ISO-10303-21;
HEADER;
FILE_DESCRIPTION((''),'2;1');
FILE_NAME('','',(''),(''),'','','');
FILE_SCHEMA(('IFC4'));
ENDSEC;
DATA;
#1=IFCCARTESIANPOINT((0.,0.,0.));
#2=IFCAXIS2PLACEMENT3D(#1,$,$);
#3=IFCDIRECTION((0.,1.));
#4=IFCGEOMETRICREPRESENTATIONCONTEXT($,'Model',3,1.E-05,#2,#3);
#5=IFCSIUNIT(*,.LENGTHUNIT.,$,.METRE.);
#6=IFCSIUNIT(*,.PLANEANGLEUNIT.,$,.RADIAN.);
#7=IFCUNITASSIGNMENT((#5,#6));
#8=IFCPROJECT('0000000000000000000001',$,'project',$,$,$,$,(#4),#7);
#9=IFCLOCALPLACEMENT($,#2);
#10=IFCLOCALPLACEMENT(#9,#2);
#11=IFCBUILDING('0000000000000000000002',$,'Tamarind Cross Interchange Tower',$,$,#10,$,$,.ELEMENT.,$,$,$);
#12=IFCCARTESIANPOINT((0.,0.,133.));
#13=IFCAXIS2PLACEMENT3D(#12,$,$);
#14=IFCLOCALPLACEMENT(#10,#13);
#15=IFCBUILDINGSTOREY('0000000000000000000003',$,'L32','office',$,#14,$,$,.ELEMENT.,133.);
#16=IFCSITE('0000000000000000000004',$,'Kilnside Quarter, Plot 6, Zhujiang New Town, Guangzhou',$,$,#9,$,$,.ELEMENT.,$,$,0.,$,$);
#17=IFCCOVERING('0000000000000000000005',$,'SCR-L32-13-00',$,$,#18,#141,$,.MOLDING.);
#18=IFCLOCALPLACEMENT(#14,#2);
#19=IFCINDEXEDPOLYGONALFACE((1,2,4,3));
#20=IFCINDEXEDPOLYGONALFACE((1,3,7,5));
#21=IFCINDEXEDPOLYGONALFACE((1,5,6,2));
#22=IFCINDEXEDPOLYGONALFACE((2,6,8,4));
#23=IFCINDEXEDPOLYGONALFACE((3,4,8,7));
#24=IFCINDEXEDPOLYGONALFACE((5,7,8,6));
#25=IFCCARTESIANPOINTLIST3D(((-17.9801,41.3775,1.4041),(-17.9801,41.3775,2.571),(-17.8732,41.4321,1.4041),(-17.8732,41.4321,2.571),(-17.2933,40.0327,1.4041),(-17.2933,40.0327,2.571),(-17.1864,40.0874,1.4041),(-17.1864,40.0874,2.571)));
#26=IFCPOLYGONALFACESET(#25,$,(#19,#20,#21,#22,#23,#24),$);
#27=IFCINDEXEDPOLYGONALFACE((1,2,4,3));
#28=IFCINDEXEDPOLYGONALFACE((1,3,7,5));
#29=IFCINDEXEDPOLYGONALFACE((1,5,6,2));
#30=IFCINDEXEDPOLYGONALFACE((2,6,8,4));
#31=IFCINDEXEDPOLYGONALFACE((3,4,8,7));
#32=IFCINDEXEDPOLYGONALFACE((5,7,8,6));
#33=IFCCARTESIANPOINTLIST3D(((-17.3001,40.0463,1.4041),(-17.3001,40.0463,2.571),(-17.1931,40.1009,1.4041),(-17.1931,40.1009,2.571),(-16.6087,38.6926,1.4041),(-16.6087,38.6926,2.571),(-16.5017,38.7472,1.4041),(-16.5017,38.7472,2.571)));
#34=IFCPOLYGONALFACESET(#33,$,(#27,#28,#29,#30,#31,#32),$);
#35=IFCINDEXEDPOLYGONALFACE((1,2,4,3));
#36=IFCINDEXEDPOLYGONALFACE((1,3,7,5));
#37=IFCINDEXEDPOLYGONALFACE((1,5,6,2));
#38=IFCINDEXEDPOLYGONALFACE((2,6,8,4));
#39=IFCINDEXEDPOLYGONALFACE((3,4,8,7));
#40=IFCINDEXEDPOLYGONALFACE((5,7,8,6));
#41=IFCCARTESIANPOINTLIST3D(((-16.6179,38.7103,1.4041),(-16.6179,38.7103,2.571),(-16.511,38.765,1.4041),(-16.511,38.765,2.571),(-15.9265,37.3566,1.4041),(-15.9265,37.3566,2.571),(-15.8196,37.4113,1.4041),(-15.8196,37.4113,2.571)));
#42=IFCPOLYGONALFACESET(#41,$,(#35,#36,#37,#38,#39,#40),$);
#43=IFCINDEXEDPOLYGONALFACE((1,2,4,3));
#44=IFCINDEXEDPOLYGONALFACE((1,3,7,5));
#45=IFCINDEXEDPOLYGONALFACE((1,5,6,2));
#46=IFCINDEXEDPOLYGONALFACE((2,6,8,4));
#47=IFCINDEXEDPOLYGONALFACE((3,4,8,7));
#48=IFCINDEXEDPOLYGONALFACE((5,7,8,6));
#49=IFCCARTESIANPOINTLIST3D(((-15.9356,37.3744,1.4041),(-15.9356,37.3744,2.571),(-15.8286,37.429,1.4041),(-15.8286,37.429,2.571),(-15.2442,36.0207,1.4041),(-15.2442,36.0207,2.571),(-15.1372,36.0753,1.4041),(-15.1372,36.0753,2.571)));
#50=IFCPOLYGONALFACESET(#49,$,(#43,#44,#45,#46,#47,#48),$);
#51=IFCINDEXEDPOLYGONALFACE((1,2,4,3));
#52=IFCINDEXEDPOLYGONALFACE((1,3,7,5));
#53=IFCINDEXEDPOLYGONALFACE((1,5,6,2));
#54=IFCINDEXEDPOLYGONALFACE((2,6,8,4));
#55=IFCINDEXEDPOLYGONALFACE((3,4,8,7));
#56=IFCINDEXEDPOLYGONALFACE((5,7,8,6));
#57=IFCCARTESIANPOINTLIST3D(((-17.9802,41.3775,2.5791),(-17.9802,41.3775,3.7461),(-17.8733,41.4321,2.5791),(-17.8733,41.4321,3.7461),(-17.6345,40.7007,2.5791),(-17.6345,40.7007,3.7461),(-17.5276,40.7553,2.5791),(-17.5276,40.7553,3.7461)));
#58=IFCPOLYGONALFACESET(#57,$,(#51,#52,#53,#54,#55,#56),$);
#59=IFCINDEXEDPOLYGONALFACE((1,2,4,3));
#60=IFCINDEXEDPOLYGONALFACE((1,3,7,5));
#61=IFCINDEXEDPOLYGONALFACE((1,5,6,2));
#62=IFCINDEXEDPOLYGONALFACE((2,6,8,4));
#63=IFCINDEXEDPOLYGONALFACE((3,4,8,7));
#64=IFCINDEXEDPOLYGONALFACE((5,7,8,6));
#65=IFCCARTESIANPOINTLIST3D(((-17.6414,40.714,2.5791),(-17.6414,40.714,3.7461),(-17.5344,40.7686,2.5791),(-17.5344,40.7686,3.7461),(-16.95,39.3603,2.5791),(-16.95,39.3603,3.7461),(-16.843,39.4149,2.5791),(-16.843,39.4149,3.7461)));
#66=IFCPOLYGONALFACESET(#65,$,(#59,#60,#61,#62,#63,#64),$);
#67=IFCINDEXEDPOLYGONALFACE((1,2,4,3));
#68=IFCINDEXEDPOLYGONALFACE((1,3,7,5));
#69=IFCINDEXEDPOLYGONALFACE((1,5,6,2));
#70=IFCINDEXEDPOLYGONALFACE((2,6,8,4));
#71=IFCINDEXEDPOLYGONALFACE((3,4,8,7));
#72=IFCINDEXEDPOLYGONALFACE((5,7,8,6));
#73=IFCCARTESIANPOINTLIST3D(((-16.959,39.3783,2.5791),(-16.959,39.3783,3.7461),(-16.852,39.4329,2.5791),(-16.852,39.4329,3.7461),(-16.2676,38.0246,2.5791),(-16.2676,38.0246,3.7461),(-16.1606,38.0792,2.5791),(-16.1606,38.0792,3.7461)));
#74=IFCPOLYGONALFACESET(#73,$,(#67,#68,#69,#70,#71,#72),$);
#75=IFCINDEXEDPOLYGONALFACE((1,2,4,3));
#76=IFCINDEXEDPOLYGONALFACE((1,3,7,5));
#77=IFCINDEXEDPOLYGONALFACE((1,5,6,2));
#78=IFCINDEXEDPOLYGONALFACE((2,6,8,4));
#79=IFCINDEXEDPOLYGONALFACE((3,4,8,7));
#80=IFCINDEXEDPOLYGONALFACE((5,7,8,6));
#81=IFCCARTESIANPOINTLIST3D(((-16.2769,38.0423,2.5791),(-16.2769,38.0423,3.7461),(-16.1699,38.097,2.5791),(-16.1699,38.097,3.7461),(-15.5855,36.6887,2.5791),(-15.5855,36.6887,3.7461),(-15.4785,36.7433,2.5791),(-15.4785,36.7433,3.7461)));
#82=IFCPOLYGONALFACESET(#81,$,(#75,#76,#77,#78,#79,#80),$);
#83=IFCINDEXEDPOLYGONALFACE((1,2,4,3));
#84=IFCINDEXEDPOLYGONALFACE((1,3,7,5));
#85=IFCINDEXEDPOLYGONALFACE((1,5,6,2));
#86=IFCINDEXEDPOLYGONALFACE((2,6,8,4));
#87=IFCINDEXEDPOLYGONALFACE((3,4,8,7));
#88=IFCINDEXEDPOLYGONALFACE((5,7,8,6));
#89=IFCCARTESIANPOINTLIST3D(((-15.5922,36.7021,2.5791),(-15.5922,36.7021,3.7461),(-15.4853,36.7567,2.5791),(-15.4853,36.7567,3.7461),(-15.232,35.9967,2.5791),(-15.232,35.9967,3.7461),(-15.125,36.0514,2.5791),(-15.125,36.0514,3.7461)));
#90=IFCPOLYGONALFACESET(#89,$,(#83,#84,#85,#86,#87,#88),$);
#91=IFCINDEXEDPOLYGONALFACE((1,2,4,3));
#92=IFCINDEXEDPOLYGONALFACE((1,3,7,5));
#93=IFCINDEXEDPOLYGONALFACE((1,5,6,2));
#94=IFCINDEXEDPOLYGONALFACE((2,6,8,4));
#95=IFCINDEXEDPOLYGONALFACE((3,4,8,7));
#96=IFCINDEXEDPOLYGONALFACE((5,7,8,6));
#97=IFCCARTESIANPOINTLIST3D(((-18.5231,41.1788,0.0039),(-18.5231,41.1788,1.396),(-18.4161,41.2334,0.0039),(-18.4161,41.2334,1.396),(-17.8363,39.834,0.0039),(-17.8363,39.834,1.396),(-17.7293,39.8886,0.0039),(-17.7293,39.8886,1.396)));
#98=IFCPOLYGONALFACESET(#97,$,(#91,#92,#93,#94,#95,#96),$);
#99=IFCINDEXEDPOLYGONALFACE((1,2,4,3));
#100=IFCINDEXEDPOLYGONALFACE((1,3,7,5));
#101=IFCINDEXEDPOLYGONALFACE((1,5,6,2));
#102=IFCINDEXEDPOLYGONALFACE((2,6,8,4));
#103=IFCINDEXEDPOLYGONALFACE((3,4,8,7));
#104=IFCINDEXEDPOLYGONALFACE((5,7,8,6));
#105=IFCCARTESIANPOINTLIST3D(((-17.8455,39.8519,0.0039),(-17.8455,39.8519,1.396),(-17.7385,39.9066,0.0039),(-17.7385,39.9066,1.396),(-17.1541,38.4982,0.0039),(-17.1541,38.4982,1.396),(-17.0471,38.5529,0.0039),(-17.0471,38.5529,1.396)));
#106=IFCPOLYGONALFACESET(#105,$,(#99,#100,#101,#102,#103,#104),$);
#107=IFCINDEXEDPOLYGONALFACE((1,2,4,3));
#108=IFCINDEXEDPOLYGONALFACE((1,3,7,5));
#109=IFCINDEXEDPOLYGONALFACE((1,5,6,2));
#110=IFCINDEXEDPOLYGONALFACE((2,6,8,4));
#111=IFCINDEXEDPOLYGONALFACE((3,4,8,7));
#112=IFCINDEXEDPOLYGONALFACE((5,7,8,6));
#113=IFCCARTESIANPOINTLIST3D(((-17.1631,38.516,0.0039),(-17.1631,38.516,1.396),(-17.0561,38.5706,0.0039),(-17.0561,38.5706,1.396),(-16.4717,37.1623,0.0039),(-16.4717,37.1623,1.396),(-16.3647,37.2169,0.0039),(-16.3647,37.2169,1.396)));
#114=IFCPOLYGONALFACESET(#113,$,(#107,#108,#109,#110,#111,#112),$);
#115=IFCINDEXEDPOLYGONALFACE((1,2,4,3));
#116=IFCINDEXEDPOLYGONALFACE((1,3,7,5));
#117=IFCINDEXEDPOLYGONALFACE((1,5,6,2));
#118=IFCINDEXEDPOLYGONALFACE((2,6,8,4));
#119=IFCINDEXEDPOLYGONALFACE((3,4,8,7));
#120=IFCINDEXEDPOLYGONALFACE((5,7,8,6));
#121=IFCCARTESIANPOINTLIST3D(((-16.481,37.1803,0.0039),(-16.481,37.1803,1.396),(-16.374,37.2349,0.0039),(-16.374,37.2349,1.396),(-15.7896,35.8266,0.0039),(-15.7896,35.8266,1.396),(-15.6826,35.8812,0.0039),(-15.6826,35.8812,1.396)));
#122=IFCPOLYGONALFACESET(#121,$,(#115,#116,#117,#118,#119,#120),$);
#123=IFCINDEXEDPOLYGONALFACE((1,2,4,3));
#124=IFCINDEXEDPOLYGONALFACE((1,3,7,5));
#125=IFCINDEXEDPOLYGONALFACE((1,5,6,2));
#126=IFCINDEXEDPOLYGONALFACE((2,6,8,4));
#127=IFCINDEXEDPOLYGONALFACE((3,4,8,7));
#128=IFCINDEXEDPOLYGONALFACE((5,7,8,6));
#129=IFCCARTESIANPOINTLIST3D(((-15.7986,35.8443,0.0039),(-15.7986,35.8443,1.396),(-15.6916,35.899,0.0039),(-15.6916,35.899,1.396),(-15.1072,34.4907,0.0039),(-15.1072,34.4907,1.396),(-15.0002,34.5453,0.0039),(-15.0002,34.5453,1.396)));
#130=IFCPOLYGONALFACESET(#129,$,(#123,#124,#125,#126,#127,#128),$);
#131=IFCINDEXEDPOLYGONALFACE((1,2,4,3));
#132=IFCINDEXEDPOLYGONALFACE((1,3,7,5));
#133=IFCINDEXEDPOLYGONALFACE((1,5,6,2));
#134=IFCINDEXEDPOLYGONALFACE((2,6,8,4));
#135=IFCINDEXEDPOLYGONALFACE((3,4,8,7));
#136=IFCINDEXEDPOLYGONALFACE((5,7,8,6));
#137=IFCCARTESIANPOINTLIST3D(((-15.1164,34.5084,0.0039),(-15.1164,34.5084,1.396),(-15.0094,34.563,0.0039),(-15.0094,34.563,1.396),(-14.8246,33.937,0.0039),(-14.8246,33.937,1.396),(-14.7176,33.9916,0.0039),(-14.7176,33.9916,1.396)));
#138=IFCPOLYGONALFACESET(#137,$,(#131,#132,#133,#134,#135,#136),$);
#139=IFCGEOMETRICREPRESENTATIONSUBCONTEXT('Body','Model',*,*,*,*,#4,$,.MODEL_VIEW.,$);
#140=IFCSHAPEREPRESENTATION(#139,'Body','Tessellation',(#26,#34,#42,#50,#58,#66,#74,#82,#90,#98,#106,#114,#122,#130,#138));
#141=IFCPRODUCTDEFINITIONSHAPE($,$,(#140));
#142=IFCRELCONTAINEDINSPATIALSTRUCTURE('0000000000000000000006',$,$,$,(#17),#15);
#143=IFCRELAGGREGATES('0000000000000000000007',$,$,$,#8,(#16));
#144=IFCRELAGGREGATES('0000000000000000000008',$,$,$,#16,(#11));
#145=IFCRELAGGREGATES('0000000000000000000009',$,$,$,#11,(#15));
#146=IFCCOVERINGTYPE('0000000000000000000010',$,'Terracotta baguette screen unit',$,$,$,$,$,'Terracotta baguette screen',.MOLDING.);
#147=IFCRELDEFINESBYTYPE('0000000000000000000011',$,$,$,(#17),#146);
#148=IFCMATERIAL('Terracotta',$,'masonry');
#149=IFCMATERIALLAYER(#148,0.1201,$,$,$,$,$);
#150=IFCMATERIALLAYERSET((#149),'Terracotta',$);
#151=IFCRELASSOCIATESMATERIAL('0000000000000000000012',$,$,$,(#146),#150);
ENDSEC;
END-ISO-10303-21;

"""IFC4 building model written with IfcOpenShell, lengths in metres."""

from ifc_helpers import new_model, si_unit, direction, frame, origin, origin_2d, place, context, subcontext, project, spatial, rectangle, extrude, material, layer, layer_set, type_object, element, save


model = new_model("IFC4")

# Units and contexts
model_context = context("Model", 3, precision=1e-05, world=origin(), true_north=direction((0.0, 1.0)))
body_context = subcontext(model_context, "Body", "Model", "MODEL_VIEW")
ifc_project = project(units=[si_unit("LENGTHUNIT", "METRE"), si_unit("PLANEANGLEUNIT", "RADIAN")], contexts=[model_context])

# Site, building, storey
site_placement = place(None, origin())
site = spatial("IfcSite", under=ifc_project, at=site_placement, Name="Kilnside Quarter, Plot 6, Zhujiang New Town, Guangzhou", CompositionType="ELEMENT", RefElevation=0.0)
building_placement = place(site_placement, origin())
building = spatial("IfcBuilding", under=site, at=building_placement, Name="Tamarind Cross Interchange Tower", CompositionType="ELEMENT")
storey_placement = place(building_placement, frame((0.0, 0.0, 133.0)))
storey = spatial("IfcBuildingStorey", under=building, at=storey_placement, Name="L32", Description="office", CompositionType="ELEMENT", Elevation=133.0)

# Covering
ifc_material_1 = material(Name="Terracotta", Category="masonry")
ifc_layer_1 = layer(ifc_material_1, 0.1201)
ifc_layer_set_1 = layer_set([ifc_layer_1], Name="Terracotta")
covering_type = type_object("IfcCoveringType", Name="Terracotta baguette screen unit", ElementType="Terracotta baguette screen", PredefinedType="MOLDING", material=ifc_layer_set_1)
covering_1_placement = place(storey_placement, origin())
element("IfcCovering", 1, at=covering_1_placement, inside=storey, type_object=covering_type, Name="SCR-L32-13-00", PredefinedType="MOLDING", context=body_context, shape_type="SweptSolid", body=[
    extrude(rectangle(XDim=1.51, YDim=0.1201, at=origin_2d()), frame((-17.5833, 40.7324, 1.4041), z_axis=(0.0, 0.0, 1.0), x_axis=(0.454847, -0.89057, 0.0)), (0.0, 0.0, 1.0), 1.167),
    extrude(rectangle(XDim=1.52, YDim=0.1201, at=origin_2d()), frame((-16.9009, 39.3967, 1.4041), z_axis=(0.0, 0.0, 1.0), x_axis=(0.454847, -0.89057, 0.0)), (0.0, 0.0, 1.0), 1.167),
    extrude(rectangle(XDim=1.52, YDim=0.1201, at=origin_2d()), frame((-16.2188, 38.0608, 1.4041), z_axis=(0.0, 0.0, 1.0), x_axis=(0.454847, -0.89057, 0.0)), (0.0, 0.0, 1.0), 1.167),
    extrude(rectangle(XDim=1.52, YDim=0.1201, at=origin_2d()), frame((-15.5364, 36.7249, 1.4041), z_axis=(0.0, 0.0, 1.0), x_axis=(0.454847, -0.89057, 0.0)), (0.0, 0.0, 1.0), 1.167),
    extrude(rectangle(XDim=0.76, YDim=0.1201, at=origin_2d()), frame((-17.7539, 41.0664, 2.5791), z_axis=(0.0, 0.0, 1.0), x_axis=(0.454847, -0.89057, 0.0)), (0.0, 0.0, 1.0), 1.167),
    extrude(rectangle(XDim=1.52, YDim=0.1201, at=origin_2d()), frame((-17.2422, 40.0645, 2.5791), z_axis=(0.0, 0.0, 1.0), x_axis=(0.454847, -0.89057, 0.0)), (0.0, 0.0, 1.0), 1.167),
    extrude(rectangle(XDim=1.52, YDim=0.1201, at=origin_2d()), frame((-16.5598, 38.7288, 2.5791), z_axis=(0.0, 0.0, 1.0), x_axis=(0.454847, -0.89057, 0.0)), (0.0, 0.0, 1.0), 1.167),
    extrude(rectangle(XDim=1.52, YDim=0.1201, at=origin_2d()), frame((-15.8777, 37.3928, 2.5791), z_axis=(0.0, 0.0, 1.0), x_axis=(0.454847, -0.89057, 0.0)), (0.0, 0.0, 1.0), 1.167),
    extrude(rectangle(XDim=0.792, YDim=0.1201, at=origin_2d()), frame((-15.3586, 36.3767, 2.5791), z_axis=(0.0, 0.0, 1.0), x_axis=(0.454847, -0.89057, 0.0)), (0.0, 0.0, 1.0), 1.167),
    extrude(rectangle(XDim=1.51, YDim=0.1201, at=origin_2d()), frame((-18.1262, 40.5337, 0.0039), z_axis=(0.0, 0.0, 1.0), x_axis=(0.454847, -0.89057, 0.0)), (0.0, 0.0, 1.0), 1.3921),
    extrude(rectangle(XDim=1.52, YDim=0.1201, at=origin_2d()), frame((-17.4463, 39.2024, 0.0039), z_axis=(0.0, 0.0, 1.0), x_axis=(0.454847, -0.89057, 0.0)), (0.0, 0.0, 1.0), 1.3921),
    extrude(rectangle(XDim=1.52, YDim=0.1201, at=origin_2d()), frame((-16.7639, 37.8665, 0.0039), z_axis=(0.0, 0.0, 1.0), x_axis=(0.454847, -0.89057, 0.0)), (0.0, 0.0, 1.0), 1.3921),
    extrude(rectangle(XDim=1.52, YDim=0.1201, at=origin_2d()), frame((-16.0818, 36.5308, 0.0039), z_axis=(0.0, 0.0, 1.0), x_axis=(0.454847, -0.89057, 0.0)), (0.0, 0.0, 1.0), 1.3921),
    extrude(rectangle(XDim=1.52, YDim=0.1201, at=origin_2d()), frame((-15.3994, 35.1948, 0.0039), z_axis=(0.0, 0.0, 1.0), x_axis=(0.454847, -0.89057, 0.0)), (0.0, 0.0, 1.0), 1.3921),
    extrude(rectangle(XDim=0.6416, YDim=0.1201, at=origin_2d()), frame((-14.917, 34.25, 0.0039), z_axis=(0.0, 0.0, 1.0), x_axis=(0.454847, -0.89057, 0.0)), (0.0, 0.0, 1.0), 1.3921),
])

save(model, "model.ifc")
